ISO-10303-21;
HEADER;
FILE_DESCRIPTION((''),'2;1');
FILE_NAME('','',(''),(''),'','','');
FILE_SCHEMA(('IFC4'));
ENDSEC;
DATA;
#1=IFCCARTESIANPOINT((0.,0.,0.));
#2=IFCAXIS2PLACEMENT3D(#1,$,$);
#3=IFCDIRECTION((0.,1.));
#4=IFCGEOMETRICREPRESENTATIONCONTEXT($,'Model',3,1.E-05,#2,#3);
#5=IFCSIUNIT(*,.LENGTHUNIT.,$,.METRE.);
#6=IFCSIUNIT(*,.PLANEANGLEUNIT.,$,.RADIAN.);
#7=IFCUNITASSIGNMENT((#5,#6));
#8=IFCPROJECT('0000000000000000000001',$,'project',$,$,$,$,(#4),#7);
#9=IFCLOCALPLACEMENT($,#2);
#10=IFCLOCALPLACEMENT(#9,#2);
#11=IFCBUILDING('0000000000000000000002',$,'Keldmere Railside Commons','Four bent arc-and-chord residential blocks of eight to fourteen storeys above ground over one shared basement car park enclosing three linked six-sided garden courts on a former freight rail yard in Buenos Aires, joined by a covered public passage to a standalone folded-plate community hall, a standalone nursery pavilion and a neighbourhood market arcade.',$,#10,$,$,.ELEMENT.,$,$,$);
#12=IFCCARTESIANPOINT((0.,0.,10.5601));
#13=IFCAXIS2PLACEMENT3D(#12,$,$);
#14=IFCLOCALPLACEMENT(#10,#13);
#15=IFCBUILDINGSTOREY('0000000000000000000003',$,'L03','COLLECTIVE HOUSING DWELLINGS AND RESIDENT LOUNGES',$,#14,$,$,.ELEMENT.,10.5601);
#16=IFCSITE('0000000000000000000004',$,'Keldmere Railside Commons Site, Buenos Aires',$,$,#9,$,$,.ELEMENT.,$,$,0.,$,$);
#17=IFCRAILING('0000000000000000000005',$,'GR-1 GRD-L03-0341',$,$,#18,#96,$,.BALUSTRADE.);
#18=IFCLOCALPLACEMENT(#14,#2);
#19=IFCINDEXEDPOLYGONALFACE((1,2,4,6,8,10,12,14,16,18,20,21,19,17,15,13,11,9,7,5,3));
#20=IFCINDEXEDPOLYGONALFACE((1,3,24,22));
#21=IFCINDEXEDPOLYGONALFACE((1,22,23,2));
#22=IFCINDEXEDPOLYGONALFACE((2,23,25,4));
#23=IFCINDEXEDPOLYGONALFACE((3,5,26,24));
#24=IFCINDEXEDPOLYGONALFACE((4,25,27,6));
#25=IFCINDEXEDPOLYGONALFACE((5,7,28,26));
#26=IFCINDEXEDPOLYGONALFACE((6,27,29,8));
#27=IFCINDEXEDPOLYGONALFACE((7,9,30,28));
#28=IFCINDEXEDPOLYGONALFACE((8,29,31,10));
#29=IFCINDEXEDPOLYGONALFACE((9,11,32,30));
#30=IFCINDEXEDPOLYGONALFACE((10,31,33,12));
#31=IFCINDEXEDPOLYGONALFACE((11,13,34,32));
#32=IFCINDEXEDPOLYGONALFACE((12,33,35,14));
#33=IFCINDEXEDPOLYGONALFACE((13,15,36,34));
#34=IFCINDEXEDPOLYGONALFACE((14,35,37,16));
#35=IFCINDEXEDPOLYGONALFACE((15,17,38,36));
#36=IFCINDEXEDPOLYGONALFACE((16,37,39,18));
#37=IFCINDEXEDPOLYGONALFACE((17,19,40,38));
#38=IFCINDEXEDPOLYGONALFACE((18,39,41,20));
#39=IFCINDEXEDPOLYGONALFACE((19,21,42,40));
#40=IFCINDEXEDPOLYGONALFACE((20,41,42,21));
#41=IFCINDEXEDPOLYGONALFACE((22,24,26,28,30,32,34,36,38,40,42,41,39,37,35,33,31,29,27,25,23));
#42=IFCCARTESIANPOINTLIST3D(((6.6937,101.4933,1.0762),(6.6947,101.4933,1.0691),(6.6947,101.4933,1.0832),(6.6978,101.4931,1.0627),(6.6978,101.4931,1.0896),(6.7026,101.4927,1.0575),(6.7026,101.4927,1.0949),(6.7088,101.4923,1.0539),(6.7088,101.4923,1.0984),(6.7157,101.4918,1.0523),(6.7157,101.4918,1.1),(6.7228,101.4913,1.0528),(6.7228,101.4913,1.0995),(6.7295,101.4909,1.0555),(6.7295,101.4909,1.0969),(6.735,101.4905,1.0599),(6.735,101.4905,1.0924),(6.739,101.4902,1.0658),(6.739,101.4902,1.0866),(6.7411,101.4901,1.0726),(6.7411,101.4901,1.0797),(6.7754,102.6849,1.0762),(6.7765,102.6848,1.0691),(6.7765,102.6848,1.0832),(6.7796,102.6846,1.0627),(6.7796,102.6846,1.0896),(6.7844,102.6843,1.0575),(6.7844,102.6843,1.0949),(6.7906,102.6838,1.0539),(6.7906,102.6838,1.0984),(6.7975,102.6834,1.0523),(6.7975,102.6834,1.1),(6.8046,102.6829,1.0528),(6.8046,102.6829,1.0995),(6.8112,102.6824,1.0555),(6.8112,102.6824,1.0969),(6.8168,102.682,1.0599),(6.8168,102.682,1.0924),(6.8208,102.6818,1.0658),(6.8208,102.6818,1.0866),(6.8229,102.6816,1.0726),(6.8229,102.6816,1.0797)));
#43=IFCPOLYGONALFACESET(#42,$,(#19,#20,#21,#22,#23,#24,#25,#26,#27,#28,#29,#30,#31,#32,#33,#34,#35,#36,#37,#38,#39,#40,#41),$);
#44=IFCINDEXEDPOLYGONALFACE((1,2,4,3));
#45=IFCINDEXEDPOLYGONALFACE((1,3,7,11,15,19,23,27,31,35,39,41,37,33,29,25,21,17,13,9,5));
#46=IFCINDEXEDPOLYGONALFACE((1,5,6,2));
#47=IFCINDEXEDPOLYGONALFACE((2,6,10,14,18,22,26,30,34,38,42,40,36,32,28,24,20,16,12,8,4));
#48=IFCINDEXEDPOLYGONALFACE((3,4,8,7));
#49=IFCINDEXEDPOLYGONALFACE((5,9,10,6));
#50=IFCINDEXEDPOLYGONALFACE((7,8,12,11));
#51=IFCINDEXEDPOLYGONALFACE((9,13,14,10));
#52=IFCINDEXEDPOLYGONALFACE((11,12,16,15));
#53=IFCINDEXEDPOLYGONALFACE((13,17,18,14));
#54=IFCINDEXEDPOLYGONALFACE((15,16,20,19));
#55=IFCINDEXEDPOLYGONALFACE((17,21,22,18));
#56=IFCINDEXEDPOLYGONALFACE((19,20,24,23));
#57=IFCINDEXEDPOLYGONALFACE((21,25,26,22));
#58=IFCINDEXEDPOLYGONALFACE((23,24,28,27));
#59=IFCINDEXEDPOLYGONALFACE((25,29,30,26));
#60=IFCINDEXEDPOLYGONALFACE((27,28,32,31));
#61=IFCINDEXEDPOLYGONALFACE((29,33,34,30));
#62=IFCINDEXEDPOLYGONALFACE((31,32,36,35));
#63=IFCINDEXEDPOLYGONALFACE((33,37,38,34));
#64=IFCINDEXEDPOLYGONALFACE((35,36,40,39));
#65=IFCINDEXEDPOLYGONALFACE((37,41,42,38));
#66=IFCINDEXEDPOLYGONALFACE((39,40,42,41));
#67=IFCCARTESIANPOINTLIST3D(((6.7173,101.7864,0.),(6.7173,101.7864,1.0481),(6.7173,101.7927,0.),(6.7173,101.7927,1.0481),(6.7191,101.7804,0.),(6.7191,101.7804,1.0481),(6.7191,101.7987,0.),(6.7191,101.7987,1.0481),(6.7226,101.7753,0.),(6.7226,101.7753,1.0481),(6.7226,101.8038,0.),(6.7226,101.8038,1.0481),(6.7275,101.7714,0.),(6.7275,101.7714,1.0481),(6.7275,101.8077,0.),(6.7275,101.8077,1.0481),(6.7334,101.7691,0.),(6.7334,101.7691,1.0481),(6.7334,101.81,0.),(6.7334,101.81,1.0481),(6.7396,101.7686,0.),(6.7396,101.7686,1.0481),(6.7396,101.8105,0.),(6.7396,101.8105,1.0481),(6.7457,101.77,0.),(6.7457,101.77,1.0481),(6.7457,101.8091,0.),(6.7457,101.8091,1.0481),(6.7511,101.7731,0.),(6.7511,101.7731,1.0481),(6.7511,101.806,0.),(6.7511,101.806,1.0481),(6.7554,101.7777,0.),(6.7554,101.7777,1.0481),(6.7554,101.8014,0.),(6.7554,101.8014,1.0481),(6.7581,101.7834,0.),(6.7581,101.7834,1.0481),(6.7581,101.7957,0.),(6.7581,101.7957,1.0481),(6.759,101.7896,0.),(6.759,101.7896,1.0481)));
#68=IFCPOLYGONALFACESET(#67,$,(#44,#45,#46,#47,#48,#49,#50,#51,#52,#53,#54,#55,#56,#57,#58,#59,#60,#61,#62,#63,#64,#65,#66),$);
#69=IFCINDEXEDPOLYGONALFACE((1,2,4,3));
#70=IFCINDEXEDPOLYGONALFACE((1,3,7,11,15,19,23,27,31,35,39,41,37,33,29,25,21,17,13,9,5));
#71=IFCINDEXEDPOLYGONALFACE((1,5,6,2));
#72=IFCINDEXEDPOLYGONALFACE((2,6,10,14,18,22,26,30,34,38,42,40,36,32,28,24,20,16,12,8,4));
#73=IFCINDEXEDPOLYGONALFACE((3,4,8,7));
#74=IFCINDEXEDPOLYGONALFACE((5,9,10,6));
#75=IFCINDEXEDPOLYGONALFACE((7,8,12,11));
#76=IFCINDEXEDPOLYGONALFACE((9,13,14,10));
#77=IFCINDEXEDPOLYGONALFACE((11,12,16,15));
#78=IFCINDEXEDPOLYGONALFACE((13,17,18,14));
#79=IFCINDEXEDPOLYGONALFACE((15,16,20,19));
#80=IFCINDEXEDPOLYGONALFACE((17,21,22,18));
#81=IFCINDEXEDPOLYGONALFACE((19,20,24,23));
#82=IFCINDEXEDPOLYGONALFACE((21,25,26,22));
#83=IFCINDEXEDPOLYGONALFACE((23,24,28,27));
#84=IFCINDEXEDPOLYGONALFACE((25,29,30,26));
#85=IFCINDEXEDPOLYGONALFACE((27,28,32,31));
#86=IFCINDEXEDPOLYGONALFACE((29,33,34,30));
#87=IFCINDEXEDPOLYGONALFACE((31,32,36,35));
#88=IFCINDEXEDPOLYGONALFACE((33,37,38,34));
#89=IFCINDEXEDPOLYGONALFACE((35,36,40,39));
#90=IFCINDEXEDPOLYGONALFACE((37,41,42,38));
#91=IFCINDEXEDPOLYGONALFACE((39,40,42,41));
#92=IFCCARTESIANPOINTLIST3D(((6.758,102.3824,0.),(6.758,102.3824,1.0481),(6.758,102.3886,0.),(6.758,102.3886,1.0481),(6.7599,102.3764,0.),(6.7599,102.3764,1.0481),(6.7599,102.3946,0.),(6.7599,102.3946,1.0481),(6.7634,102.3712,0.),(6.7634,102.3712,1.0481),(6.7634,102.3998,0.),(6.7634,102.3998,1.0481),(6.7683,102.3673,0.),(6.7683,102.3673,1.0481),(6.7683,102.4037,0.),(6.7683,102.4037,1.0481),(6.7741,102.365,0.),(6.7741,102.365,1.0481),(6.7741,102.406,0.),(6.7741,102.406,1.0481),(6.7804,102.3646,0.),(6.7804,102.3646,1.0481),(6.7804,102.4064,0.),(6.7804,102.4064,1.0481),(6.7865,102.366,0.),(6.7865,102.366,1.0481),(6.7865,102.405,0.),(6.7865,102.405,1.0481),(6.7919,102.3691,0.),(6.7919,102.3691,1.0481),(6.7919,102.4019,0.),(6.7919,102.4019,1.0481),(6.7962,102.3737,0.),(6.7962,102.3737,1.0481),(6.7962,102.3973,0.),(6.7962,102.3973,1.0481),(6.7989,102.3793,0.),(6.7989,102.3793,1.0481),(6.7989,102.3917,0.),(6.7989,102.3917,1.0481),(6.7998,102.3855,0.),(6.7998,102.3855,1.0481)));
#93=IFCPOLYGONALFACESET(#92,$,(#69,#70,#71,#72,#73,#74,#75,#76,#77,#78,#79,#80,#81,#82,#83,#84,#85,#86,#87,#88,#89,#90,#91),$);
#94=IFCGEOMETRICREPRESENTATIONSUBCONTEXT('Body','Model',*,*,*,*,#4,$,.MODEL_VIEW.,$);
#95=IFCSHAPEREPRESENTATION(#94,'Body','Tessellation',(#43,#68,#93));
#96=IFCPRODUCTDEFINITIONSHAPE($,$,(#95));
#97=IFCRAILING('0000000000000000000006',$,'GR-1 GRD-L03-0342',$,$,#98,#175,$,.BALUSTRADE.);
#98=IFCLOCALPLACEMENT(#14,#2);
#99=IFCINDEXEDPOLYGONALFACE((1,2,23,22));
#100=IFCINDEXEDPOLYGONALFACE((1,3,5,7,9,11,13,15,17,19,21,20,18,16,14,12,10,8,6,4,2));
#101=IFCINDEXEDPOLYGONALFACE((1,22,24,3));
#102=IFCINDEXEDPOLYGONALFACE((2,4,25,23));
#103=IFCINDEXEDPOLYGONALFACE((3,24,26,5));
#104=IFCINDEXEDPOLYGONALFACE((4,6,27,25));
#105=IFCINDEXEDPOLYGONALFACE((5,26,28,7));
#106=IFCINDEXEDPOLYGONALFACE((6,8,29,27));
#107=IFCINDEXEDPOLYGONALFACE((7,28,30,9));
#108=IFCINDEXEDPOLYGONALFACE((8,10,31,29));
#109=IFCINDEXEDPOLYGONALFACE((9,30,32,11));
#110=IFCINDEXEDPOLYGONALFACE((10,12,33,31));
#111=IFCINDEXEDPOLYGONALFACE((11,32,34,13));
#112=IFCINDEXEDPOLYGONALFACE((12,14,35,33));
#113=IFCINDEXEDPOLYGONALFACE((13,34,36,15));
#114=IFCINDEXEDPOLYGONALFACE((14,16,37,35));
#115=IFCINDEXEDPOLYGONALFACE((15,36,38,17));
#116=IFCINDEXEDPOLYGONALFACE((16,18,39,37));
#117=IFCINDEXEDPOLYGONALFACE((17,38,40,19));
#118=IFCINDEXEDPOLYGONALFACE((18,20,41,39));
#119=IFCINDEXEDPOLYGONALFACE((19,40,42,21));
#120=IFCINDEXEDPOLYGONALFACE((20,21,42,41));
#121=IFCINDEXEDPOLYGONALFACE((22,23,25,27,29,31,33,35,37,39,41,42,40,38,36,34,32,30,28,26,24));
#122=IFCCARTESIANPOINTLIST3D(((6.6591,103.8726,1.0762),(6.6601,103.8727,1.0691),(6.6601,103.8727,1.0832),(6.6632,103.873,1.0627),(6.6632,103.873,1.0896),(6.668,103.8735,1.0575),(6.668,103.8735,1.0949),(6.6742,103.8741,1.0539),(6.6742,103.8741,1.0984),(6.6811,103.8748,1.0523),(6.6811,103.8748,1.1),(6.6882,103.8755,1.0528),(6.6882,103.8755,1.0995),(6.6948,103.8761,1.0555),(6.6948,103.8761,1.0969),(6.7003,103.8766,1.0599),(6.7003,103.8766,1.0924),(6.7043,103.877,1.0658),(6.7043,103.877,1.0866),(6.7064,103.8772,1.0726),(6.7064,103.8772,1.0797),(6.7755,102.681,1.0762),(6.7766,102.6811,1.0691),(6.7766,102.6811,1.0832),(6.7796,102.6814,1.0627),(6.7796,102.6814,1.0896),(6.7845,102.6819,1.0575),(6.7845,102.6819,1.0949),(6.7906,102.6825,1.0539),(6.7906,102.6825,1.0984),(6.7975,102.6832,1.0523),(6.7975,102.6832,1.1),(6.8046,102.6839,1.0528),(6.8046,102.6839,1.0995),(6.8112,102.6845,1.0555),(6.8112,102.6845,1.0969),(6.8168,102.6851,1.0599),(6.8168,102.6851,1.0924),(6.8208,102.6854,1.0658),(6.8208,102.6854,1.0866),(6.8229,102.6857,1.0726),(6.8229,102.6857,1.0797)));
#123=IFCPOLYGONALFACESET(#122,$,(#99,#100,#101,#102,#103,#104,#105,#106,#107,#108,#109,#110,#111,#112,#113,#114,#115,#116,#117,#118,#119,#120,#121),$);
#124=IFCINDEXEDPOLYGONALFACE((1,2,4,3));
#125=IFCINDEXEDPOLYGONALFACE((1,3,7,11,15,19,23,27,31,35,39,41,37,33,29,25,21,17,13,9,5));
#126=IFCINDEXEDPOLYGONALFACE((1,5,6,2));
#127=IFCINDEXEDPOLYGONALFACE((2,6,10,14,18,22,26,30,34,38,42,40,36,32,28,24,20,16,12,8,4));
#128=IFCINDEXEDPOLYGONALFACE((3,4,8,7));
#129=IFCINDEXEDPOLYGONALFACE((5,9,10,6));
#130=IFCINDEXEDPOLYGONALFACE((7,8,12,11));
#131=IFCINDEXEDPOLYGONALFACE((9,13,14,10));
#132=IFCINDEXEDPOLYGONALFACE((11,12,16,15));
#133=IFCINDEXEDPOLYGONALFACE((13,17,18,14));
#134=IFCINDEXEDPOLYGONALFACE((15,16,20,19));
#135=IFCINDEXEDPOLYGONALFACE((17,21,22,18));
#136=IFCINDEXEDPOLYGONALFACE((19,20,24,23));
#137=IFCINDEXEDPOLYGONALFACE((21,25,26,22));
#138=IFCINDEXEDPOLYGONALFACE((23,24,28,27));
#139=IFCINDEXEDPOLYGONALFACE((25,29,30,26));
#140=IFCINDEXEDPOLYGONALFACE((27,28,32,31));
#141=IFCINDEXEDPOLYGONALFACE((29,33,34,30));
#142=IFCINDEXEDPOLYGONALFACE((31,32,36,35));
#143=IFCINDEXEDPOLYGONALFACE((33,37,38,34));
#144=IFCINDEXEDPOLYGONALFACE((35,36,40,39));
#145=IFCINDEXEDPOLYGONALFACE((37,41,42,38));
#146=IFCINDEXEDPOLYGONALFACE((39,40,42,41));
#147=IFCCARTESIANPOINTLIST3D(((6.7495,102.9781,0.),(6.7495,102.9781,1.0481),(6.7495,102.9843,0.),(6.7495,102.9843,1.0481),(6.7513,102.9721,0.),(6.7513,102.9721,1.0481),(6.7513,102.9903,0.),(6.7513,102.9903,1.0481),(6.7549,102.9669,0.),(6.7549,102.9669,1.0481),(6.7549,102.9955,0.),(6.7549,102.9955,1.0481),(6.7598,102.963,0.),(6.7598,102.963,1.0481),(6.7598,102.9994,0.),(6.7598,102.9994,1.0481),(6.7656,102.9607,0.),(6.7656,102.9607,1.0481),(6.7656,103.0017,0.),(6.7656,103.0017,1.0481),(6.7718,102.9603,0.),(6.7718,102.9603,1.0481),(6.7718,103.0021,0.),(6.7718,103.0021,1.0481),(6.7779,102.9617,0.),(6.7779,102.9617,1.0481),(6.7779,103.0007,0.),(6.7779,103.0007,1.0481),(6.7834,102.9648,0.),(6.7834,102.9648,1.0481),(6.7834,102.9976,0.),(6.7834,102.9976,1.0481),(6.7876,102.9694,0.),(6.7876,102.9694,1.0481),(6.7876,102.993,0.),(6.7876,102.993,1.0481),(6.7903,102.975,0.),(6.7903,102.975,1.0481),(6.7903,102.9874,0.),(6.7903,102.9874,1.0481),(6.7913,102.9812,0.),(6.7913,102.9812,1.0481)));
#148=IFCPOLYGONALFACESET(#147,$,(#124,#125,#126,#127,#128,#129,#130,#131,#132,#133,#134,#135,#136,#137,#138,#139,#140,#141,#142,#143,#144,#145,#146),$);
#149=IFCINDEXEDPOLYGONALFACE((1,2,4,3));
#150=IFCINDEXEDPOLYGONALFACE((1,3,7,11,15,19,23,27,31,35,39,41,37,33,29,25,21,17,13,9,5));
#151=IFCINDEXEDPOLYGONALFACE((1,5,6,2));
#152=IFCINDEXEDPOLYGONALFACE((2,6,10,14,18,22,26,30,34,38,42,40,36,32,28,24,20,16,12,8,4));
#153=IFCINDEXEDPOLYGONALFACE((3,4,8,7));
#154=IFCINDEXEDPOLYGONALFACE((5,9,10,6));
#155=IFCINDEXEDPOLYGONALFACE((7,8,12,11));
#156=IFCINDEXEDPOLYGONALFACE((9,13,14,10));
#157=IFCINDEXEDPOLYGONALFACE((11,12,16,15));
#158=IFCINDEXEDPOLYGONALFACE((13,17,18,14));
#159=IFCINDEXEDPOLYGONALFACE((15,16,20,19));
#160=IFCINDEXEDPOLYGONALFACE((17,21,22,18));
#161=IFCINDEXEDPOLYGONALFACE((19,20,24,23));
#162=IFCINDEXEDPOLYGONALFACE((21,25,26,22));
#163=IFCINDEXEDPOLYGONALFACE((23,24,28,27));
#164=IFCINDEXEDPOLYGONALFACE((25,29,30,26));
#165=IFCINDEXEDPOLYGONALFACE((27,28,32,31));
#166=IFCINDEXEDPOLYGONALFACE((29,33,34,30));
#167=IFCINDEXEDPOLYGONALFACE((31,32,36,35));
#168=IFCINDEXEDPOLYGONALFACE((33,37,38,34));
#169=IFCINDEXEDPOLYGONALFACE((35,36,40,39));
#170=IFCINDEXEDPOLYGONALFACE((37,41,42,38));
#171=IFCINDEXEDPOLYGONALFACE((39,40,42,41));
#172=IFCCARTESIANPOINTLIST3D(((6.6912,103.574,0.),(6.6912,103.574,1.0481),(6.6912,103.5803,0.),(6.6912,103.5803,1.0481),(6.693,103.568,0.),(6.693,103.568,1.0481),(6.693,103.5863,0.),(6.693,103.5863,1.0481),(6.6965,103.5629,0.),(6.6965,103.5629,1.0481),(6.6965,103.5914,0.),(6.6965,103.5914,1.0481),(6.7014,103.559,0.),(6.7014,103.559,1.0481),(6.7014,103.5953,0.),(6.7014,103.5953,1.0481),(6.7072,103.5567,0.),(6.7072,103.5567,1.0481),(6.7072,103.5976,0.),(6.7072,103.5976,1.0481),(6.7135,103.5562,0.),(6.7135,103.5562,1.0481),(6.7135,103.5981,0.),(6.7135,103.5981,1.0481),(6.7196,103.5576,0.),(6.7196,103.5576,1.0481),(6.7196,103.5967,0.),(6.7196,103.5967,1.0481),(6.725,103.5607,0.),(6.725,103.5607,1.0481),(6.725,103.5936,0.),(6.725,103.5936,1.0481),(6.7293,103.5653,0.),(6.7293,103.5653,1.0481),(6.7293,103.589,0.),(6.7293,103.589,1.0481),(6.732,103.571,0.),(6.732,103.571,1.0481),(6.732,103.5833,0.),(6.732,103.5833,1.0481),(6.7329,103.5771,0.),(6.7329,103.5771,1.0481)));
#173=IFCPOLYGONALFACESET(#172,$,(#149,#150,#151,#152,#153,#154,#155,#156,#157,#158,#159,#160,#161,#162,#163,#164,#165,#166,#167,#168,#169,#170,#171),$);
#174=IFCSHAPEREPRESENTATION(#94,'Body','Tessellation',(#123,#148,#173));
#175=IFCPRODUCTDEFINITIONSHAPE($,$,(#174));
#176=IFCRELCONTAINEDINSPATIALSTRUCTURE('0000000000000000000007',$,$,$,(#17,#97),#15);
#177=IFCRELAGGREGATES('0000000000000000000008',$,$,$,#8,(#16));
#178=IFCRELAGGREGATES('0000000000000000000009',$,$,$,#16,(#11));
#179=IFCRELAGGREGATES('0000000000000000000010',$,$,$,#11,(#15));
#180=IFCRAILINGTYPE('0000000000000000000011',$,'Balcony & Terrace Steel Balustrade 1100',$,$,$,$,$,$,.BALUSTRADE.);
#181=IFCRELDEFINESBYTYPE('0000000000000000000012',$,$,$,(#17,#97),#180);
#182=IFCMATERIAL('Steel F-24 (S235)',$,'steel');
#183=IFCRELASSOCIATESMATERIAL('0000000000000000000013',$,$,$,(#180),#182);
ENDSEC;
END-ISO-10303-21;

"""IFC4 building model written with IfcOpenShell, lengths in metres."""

from ifc_helpers import new_model, si_unit, direction, frame, origin, origin_2d, place, context, subcontext, project, spatial, circle, extrude, material, type_object, element, save


model = new_model("IFC4")

# Units and contexts
model_context = context("Model", 3, precision=1e-05, world=origin(), true_north=direction((0.0, 1.0)))
body_context = subcontext(model_context, "Body", "Model", "MODEL_VIEW")
ifc_project = project(units=[si_unit("LENGTHUNIT", "METRE"), si_unit("PLANEANGLEUNIT", "RADIAN")], contexts=[model_context])

# Site, building, storey
site_placement = place(None, origin())
site = spatial("IfcSite", under=ifc_project, at=site_placement, Name="Keldmere Railside Commons Site, Buenos Aires", CompositionType="ELEMENT", RefElevation=0.0)
building_placement = place(site_placement, origin())
building = spatial("IfcBuilding", under=site, at=building_placement, Name="Keldmere Railside Commons", Description="Four bent arc-and-chord residential blocks of eight to fourteen storeys above ground over one shared basement car park enclosing three linked six-sided garden courts on a former freight rail yard in Buenos Aires, joined by a covered public passage to a standalone folded-plate community hall, a standalone nursery pavilion and a neighbourhood market arcade.", CompositionType="ELEMENT")
storey_placement = place(building_placement, frame((0.0, 0.0, 10.5601)))
storey = spatial("IfcBuildingStorey", under=building, at=storey_placement, Name="L03", Description="COLLECTIVE HOUSING DWELLINGS AND RESIDENT LOUNGES", CompositionType="ELEMENT", Elevation=10.5601)

# Shared definitions
ifc_material_1 = material(Name="Steel F-24 (S235)", Category="steel")

# Railings
railing_type = type_object("IfcRailingType", Name="Balcony & Terrace Steel Balustrade 1100", PredefinedType="BALUSTRADE", material=ifc_material_1)
railing_1_placement = place(storey_placement, frame((6.7175, 101.4917, 0.0)))
element("IfcRailing", 1, at=railing_1_placement, inside=storey, type_object=railing_type, Name="GR-1 GRD-L03-0341", PredefinedType="BALUSTRADE", context=body_context, shape_type="SweptSolid", body=[
    extrude(circle(Radius=0.0239, at=origin_2d()), frame((0.0, 0.0, 1.0762), z_axis=(0.068472, 0.997653, 0.0), x_axis=(-0.997653, 0.068472, 0.0)), (0.0, 0.0, 1.0), 1.1943),
    extrude(circle(Radius=0.021, at=origin_2d()), frame((0.0205, 0.2979, 0.0)), (0.0, 0.0, 1.0), 1.0481),
    extrude(circle(Radius=0.021, at=origin_2d()), frame((0.0613, 0.8938, 0.0)), (0.0, 0.0, 1.0), 1.0481),
])
railing_2_placement = place(storey_placement, frame((6.7993, 102.6833, 0.0)))
element("IfcRailing", 2, at=railing_2_placement, inside=storey, type_object=railing_type, Name="GR-1 GRD-L03-0342", PredefinedType="BALUSTRADE", context=body_context, shape_type="SweptSolid", body=[
    extrude(circle(Radius=0.0239, at=origin_2d()), frame((0.0, 0.0, 1.0762), z_axis=(-0.097263, 0.995259, 0.0), x_axis=(-0.995259, -0.097263, 0.0)), (0.0, 0.0, 1.0), 1.1973),
    extrude(circle(Radius=0.021, at=origin_2d()), frame((-0.0291, 0.2979, 0.0)), (0.0, 0.0, 1.0), 1.0481),
    extrude(circle(Radius=0.021, at=origin_2d()), frame((-0.0874, 0.8938, 0.0)), (0.0, 0.0, 1.0), 1.0481),
])

save(model, "model.ifc")
